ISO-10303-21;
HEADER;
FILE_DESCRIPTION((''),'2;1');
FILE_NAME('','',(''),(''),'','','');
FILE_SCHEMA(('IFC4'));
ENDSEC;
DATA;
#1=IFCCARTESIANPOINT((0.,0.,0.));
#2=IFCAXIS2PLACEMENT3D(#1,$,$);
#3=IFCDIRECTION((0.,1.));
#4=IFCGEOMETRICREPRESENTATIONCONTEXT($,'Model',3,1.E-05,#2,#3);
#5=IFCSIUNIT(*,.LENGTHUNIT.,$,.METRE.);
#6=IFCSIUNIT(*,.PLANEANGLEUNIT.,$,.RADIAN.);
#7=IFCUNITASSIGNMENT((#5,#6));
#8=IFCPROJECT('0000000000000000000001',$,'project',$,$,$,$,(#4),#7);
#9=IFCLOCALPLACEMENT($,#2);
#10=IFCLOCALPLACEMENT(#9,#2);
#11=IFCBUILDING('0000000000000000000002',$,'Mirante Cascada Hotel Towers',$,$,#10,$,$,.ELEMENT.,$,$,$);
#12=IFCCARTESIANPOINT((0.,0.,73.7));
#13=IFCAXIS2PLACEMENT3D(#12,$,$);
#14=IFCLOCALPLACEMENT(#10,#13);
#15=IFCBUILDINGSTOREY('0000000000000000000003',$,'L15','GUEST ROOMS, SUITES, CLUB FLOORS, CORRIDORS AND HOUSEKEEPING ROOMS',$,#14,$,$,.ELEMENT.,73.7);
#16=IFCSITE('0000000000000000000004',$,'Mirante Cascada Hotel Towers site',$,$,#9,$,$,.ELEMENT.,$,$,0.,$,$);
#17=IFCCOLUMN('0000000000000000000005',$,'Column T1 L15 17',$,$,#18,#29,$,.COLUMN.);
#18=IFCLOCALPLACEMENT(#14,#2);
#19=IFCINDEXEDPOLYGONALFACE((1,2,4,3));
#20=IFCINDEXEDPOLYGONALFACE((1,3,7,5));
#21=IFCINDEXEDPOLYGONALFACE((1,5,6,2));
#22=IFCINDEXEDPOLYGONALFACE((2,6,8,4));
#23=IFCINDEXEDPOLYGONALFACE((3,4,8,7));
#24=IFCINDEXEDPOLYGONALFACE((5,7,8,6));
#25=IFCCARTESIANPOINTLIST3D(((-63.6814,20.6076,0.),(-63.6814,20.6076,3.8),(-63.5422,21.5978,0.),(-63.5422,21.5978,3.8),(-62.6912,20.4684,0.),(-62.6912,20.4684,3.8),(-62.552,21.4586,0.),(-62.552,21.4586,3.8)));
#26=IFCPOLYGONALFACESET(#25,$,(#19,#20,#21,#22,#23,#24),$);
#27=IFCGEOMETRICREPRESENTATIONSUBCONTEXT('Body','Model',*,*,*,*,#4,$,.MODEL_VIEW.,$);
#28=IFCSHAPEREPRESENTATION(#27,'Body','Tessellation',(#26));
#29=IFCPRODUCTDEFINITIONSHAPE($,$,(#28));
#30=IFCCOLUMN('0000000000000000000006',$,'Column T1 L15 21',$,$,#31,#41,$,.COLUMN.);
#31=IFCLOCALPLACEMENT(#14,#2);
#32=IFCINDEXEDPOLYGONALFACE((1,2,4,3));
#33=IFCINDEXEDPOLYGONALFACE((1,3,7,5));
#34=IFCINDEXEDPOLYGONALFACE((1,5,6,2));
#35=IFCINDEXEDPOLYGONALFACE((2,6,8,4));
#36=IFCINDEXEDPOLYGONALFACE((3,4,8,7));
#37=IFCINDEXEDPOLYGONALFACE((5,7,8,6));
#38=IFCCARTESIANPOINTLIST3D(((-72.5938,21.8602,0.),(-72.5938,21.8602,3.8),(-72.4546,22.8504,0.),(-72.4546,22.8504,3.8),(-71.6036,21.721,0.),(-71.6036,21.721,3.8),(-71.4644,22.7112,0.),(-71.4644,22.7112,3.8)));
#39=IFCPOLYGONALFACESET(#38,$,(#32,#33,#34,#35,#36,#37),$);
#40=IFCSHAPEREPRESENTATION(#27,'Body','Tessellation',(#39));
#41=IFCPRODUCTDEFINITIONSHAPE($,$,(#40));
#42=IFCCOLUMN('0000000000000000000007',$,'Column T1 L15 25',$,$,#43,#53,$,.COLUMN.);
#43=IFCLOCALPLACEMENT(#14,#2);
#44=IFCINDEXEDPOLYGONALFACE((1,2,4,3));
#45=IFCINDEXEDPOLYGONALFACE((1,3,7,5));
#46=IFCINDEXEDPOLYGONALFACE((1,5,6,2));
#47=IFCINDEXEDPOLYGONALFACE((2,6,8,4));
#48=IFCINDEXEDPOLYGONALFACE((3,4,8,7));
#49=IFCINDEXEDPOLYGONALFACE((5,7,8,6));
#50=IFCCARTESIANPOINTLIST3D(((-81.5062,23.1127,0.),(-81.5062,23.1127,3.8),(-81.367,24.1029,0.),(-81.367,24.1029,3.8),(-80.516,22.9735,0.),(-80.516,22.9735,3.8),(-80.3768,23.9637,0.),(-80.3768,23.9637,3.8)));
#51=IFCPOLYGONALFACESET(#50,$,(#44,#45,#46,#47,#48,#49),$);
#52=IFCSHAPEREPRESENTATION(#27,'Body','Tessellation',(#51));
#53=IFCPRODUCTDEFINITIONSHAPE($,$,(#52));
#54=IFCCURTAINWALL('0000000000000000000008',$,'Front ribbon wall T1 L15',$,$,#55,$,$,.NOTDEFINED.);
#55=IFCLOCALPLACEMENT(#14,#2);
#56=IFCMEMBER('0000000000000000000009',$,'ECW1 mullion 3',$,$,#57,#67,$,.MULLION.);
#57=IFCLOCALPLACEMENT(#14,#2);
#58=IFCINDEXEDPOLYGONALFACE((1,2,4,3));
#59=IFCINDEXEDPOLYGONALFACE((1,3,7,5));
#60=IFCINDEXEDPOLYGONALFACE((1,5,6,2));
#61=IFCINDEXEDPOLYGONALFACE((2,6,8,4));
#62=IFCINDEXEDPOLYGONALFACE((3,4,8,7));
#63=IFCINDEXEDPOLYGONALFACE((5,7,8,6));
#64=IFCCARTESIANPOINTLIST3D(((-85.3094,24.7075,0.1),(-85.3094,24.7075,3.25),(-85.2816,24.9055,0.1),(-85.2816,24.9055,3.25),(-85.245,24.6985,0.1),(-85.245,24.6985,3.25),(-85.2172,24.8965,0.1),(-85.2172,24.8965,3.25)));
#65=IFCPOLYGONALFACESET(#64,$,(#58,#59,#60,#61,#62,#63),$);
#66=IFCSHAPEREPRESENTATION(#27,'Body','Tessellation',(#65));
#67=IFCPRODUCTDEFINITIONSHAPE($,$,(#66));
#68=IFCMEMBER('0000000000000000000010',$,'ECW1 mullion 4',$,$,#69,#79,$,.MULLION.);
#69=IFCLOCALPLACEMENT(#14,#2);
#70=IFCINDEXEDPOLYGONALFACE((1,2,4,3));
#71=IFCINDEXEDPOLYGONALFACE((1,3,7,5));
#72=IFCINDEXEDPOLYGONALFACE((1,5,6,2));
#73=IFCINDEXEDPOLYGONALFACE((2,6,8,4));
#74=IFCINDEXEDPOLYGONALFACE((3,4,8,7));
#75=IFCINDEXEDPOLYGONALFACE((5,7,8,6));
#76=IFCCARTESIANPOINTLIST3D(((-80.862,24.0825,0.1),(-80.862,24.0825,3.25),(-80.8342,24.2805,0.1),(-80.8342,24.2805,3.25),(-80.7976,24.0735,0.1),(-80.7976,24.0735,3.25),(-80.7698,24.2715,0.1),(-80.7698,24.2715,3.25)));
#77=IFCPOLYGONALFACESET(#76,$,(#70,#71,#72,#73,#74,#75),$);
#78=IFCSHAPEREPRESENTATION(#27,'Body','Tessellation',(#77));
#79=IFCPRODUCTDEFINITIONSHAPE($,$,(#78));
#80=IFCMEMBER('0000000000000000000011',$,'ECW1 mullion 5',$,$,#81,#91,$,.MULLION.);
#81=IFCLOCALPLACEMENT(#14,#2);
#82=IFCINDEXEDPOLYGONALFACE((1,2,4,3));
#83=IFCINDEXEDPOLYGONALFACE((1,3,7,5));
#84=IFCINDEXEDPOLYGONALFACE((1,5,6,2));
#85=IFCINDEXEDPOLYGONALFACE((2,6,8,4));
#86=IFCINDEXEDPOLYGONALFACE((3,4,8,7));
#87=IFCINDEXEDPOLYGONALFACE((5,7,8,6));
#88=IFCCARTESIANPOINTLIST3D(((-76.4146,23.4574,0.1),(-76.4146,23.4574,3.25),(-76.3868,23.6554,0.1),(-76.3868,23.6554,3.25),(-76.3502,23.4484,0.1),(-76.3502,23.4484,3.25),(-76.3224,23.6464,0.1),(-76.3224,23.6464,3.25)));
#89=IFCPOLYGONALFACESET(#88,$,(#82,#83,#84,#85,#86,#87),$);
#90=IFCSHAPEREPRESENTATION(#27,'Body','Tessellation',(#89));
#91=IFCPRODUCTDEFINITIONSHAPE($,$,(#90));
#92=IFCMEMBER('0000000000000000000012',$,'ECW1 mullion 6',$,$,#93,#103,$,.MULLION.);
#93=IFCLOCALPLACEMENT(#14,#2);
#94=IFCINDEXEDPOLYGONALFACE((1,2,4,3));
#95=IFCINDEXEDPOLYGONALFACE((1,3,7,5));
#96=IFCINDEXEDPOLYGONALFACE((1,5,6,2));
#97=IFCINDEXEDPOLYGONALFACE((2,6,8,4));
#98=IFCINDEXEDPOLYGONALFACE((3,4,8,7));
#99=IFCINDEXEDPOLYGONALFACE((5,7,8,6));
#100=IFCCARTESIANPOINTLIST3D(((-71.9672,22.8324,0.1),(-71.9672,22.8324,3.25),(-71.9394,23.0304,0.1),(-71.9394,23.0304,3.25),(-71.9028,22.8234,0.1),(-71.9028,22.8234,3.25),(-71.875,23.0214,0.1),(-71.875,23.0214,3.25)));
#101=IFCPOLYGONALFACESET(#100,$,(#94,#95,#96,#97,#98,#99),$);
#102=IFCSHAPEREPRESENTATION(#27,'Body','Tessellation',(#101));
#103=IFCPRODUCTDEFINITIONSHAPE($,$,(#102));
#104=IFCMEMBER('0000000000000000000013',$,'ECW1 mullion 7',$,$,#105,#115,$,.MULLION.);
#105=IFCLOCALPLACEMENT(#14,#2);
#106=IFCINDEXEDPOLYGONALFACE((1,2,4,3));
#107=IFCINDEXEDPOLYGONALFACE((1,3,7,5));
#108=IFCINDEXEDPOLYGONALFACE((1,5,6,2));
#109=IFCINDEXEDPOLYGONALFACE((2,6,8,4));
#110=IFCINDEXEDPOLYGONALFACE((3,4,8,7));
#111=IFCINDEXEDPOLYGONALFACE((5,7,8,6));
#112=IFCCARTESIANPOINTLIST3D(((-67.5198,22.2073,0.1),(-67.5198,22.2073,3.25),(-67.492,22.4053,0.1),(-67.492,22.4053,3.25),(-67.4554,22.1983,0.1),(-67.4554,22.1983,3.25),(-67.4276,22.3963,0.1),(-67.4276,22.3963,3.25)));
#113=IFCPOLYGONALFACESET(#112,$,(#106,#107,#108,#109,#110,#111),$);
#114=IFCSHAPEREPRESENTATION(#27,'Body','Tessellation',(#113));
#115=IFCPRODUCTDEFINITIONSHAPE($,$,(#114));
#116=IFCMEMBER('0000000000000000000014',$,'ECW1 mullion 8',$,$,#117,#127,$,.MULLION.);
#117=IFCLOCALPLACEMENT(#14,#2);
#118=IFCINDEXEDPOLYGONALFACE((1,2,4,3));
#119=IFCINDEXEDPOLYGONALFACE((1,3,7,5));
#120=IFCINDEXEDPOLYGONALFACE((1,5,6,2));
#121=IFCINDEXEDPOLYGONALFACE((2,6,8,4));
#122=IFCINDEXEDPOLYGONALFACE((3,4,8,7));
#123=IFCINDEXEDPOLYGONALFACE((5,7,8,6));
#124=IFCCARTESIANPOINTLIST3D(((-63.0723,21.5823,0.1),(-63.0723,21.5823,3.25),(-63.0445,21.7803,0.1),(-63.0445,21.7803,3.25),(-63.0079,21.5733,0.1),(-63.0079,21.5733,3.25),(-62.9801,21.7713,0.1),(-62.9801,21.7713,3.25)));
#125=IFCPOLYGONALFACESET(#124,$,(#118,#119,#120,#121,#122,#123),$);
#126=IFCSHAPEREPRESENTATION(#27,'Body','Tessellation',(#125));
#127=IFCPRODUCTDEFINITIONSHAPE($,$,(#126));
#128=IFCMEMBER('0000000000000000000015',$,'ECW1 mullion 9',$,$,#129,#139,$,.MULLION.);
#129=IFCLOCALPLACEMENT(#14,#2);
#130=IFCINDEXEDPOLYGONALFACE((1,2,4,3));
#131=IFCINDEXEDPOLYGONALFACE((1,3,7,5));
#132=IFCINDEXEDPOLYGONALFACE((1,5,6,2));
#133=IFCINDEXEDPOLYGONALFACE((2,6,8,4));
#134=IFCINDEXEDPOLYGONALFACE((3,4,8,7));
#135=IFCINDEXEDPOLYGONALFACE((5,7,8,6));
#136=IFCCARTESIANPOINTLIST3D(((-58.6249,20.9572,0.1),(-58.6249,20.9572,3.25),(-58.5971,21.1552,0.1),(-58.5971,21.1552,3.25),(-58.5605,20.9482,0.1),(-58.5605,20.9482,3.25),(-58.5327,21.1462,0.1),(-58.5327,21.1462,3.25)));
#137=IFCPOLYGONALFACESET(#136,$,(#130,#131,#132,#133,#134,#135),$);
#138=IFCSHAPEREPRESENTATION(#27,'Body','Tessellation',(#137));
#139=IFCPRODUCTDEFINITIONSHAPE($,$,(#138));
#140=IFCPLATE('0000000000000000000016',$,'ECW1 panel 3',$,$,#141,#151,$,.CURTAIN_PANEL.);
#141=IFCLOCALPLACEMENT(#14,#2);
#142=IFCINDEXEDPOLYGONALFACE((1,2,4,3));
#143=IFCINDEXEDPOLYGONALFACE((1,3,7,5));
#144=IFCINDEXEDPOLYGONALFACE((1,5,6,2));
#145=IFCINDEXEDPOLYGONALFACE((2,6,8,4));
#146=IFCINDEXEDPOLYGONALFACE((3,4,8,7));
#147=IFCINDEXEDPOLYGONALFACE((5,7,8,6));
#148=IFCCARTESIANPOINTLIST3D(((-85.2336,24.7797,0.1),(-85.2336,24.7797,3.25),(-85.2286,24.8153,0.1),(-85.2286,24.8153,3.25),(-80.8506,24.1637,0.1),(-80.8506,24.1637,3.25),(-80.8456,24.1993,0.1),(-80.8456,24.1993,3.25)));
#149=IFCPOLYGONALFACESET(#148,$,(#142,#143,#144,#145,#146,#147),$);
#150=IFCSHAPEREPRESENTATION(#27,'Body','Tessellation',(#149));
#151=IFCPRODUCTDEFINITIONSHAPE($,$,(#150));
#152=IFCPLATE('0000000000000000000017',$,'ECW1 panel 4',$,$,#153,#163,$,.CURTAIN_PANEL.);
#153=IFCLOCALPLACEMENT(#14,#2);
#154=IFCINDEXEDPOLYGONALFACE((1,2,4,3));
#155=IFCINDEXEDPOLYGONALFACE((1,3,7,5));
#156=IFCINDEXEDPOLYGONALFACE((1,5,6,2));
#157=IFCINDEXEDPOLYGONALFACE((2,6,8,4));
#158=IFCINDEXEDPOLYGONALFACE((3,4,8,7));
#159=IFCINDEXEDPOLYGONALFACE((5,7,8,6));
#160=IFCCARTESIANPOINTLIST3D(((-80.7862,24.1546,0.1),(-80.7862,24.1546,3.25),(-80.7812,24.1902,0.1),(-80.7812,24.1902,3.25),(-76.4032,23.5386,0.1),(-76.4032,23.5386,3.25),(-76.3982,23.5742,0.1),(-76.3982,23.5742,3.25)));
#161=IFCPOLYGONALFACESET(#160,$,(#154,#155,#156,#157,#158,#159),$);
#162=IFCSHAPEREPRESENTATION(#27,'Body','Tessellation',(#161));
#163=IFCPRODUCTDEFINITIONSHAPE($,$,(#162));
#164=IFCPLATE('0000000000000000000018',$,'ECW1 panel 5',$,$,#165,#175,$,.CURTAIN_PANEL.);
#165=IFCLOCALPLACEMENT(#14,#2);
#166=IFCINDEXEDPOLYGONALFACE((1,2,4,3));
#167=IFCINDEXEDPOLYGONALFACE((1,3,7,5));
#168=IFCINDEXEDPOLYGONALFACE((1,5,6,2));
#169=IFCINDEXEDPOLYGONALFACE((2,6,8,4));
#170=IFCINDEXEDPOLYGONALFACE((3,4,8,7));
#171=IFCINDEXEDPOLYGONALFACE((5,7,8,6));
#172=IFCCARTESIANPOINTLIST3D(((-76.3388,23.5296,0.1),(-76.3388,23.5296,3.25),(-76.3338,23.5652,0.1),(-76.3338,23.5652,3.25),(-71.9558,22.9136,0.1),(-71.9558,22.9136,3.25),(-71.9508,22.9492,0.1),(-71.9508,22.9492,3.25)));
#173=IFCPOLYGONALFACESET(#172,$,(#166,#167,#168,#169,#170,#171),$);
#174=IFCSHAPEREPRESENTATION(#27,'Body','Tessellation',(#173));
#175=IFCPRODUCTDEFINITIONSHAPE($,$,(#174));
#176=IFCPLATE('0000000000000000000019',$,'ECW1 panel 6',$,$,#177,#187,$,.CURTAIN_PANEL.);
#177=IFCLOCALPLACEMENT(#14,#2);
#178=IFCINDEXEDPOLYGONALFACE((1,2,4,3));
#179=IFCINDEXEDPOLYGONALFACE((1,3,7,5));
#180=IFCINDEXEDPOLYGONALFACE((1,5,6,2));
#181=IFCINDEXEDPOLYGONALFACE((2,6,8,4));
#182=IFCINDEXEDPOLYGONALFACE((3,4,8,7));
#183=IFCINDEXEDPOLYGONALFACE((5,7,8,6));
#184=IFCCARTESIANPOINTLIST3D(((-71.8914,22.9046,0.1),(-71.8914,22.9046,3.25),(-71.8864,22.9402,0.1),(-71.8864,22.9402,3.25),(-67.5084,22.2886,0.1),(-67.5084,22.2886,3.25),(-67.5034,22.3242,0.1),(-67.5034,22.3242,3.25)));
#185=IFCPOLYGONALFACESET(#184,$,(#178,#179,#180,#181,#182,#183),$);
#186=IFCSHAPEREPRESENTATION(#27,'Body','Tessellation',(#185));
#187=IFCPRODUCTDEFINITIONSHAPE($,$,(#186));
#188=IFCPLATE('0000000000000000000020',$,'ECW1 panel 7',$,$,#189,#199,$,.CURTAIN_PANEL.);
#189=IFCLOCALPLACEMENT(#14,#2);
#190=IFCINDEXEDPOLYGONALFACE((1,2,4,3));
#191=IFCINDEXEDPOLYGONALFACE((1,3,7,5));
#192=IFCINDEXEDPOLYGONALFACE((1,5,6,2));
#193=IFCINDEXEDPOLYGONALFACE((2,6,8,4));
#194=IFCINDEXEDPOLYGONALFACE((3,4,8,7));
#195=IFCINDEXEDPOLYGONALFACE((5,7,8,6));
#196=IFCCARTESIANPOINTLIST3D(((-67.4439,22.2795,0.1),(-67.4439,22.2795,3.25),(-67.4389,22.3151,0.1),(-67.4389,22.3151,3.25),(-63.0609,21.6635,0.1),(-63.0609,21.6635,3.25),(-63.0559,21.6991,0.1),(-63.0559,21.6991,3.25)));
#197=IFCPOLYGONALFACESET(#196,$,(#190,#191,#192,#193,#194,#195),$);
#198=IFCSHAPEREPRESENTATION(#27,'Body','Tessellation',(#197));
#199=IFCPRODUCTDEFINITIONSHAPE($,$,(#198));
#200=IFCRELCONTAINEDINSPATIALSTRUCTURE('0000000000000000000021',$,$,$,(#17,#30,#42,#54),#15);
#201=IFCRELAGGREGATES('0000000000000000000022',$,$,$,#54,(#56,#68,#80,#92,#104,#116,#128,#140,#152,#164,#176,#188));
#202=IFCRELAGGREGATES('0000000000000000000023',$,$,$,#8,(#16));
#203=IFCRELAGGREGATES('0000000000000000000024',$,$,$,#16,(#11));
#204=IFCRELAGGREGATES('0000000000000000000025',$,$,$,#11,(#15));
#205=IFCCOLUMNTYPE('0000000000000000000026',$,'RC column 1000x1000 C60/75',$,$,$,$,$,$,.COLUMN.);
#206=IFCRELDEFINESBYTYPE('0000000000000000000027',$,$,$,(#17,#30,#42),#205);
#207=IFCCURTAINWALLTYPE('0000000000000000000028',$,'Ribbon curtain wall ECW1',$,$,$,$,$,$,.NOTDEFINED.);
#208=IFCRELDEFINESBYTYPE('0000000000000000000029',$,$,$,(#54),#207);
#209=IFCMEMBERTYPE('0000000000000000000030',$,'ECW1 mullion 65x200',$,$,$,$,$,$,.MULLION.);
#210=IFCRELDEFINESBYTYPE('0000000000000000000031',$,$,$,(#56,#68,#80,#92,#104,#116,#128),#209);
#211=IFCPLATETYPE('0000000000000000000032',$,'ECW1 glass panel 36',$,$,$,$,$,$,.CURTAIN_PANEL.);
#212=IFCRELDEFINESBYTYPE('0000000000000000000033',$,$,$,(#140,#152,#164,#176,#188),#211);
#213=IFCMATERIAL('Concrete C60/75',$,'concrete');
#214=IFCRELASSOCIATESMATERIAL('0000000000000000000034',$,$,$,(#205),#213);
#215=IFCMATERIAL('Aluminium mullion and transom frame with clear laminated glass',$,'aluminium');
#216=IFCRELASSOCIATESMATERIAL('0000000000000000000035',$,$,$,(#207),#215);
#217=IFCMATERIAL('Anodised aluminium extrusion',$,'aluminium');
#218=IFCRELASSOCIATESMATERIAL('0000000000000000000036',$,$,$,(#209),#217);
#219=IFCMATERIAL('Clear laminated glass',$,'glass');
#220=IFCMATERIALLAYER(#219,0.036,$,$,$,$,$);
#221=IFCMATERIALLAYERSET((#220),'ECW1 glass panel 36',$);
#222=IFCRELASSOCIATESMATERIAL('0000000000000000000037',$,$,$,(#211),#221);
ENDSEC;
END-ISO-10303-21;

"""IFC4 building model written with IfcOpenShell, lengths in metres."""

from ifc_helpers import new_model, si_unit, direction, frame, origin, origin_2d, place, context, subcontext, project, spatial, rectangle, extrude, material, layer, layer_set, material_profile, profile_set, type_object, element, aggregate, save


model = new_model("IFC4")

# Units and contexts
model_context = context("Model", 3, precision=1e-05, world=origin(), true_north=direction((0.0, 1.0)))
body_context = subcontext(model_context, "Body", "Model", "MODEL_VIEW")
ifc_project = project(units=[si_unit("LENGTHUNIT", "METRE"), si_unit("PLANEANGLEUNIT", "RADIAN")], contexts=[model_context])

# Site, building, storey
site_placement = place(None, origin())
site = spatial("IfcSite", under=ifc_project, at=site_placement, Name="Mirante Cascada Hotel Towers site", CompositionType="ELEMENT", RefElevation=0.0)
building_placement = place(site_placement, origin())
building = spatial("IfcBuilding", under=site, at=building_placement, Name="Mirante Cascada Hotel Towers", CompositionType="ELEMENT")
storey_placement = place(building_placement, frame((0.0, 0.0, 73.7)))
storey = spatial("IfcBuildingStorey", under=building, at=storey_placement, Name="L15", Description="GUEST ROOMS, SUITES, CLUB FLOORS, CORRIDORS AND HOUSEKEEPING ROOMS", CompositionType="ELEMENT", Elevation=73.7)

# Columns
ifc_material_1 = material(Name="Concrete C60/75", Category="concrete")
ifc_material_profile_1 = material_profile(ifc_material_1, rectangle(XDim=1.0, YDim=1.0, at=origin_2d()), Name="RC column 1000x1000 C60/75")
ifc_profile_set_1 = profile_set([ifc_material_profile_1], Name="Concrete C60/75")
column_type = type_object("IfcColumnType", Name="RC column 1000x1000 C60/75", PredefinedType="COLUMN", material=ifc_profile_set_1)
for number, where, z_axis, x_axis, name in (
    (1, (-63.1167, 21.0331, 0.0), (0.0, 0.0, 1.0), (-0.990268, 0.139173, 0.0), "Column T1 L15 17"),
    (2, (-72.0291, 22.2857, 0.0), (0.0, 0.0, 1.0), (-0.990268, 0.139173, 0.0), "Column T1 L15 21"),
    (3, (-80.9415, 23.5382, 0.0), (0.0, 0.0, 1.0), (-0.990268, 0.139173, 0.0), "Column T1 L15 25"),
):
    element("IfcColumn", number, at=place(storey_placement, frame(where, z_axis=z_axis, x_axis=x_axis)), inside=storey, type_object=column_type, Name=name, PredefinedType="COLUMN", context=body_context, shape_type="SweptSolid", body=[
        extrude(rectangle(XDim=1.0, YDim=1.0, at=origin_2d()), origin(), (0.0, 0.0, 1.0), 3.8),
    ])

# Curtain wall, members, plates
ifc_material_2 = material(Name="Aluminium mullion and transom frame with clear laminated glass", Category="aluminium")
curtain_wall_type = type_object("IfcCurtainWallType", Name="Ribbon curtain wall ECW1", PredefinedType="NOTDEFINED", material=ifc_material_2)
curtain_wall_placement = place(storey_placement, origin())
curtain_wall = element("IfcCurtainWall", 4, at=curtain_wall_placement, inside=storey, type_object=curtain_wall_type, Name="Front ribbon wall T1 L15", PredefinedType="NOTDEFINED")
ifc_material_3 = material(Name="Anodised aluminium extrusion", Category="aluminium")
ifc_material_profile_2 = material_profile(ifc_material_3, rectangle(XDim=0.2, YDim=0.065, at=origin_2d()), Name="ECW1 MULLION 65x200")
ifc_profile_set_2 = profile_set([ifc_material_profile_2], Name="Anodised aluminium extrusion")
member_type = type_object("IfcMemberType", Name="ECW1 mullion 65x200", PredefinedType="MULLION", material=ifc_profile_set_2)
member_1_placement = place(storey_placement, frame((-85.2633, 24.802, 0.1), z_axis=(0.0, 0.0, 1.0), x_axis=(0.139173, 0.990268, 0.0)))
member_1 = element("IfcMember", 5, at=member_1_placement, type_object=member_type, Name="ECW1 mullion 3", PredefinedType="MULLION", context=body_context, shape_type="SweptSolid", body=[
    extrude(rectangle(XDim=0.2, YDim=0.065, at=origin_2d()), origin(), (0.0, 0.0, 1.0), 3.15),
])
member_2_placement = place(storey_placement, frame((-80.8159, 24.177, 0.1), z_axis=(0.0, 0.0, 1.0), x_axis=(0.139173, 0.990268, 0.0)))
member_2 = element("IfcMember", 6, at=member_2_placement, type_object=member_type, Name="ECW1 mullion 4", PredefinedType="MULLION", context=body_context, shape_type="SweptSolid", body=[
    extrude(rectangle(XDim=0.2, YDim=0.065, at=origin_2d()), origin(), (0.0, 0.0, 1.0), 3.15),
])
member_3_placement = place(storey_placement, frame((-76.3685, 23.5519, 0.1), z_axis=(0.0, 0.0, 1.0), x_axis=(0.139173, 0.990268, 0.0)))
member_3 = element("IfcMember", 7, at=member_3_placement, type_object=member_type, Name="ECW1 mullion 5", PredefinedType="MULLION", context=body_context, shape_type="SweptSolid", body=[
    extrude(rectangle(XDim=0.2, YDim=0.065, at=origin_2d()), origin(), (0.0, 0.0, 1.0), 3.15),
])
member_4_placement = place(storey_placement, frame((-71.9211, 22.9269, 0.1), z_axis=(0.0, 0.0, 1.0), x_axis=(0.139173, 0.990268, 0.0)))
member_4 = element("IfcMember", 8, at=member_4_placement, type_object=member_type, Name="ECW1 mullion 6", PredefinedType="MULLION", context=body_context, shape_type="SweptSolid", body=[
    extrude(rectangle(XDim=0.2, YDim=0.065, at=origin_2d()), origin(), (0.0, 0.0, 1.0), 3.15),
])
member_5_placement = place(storey_placement, frame((-67.4737, 22.3018, 0.1), z_axis=(0.0, 0.0, 1.0), x_axis=(0.139173, 0.990268, 0.0)))
member_5 = element("IfcMember", 9, at=member_5_placement, type_object=member_type, Name="ECW1 mullion 7", PredefinedType="MULLION", context=body_context, shape_type="SweptSolid", body=[
    extrude(rectangle(XDim=0.2, YDim=0.065, at=origin_2d()), origin(), (0.0, 0.0, 1.0), 3.15),
])
member_6_placement = place(storey_placement, frame((-63.0262, 21.6768, 0.1), z_axis=(0.0, 0.0, 1.0), x_axis=(0.139173, 0.990268, 0.0)))
member_6 = element("IfcMember", 10, at=member_6_placement, type_object=member_type, Name="ECW1 mullion 8", PredefinedType="MULLION", context=body_context, shape_type="SweptSolid", body=[
    extrude(rectangle(XDim=0.2, YDim=0.065, at=origin_2d()), origin(), (0.0, 0.0, 1.0), 3.15),
])
member_7_placement = place(storey_placement, frame((-58.5788, 21.0517, 0.1), z_axis=(0.0, 0.0, 1.0), x_axis=(0.139173, 0.990268, 0.0)))
member_7 = element("IfcMember", 11, at=member_7_placement, type_object=member_type, Name="ECW1 mullion 9", PredefinedType="MULLION", context=body_context, shape_type="SweptSolid", body=[
    extrude(rectangle(XDim=0.2, YDim=0.065, at=origin_2d()), origin(), (0.0, 0.0, 1.0), 3.15),
])
ifc_material_4 = material(Name="Clear laminated glass", Category="glass")
ifc_layer_1 = layer(ifc_material_4, 0.036)
ifc_layer_set_1 = layer_set([ifc_layer_1], Name="ECW1 glass panel 36")
plate_type = type_object("IfcPlateType", Name="ECW1 glass panel 36", PredefinedType="CURTAIN_PANEL", material=ifc_layer_set_1)
plate_1_placement = place(storey_placement, frame((-83.0396, 24.4895, 0.1), z_axis=(0.0, 0.0, 1.0), x_axis=(0.990268, -0.139173, 0.0)))
plate_1 = element("IfcPlate", 12, at=plate_1_placement, type_object=plate_type, Name="ECW1 panel 3", PredefinedType="CURTAIN_PANEL", context=body_context, shape_type="SweptSolid", body=[
    extrude(rectangle(XDim=4.4261, YDim=0.036, at=origin_2d()), origin(), (0.0, 0.0, 1.0), 3.15),
])
plate_2_placement = place(storey_placement, frame((-78.5922, 23.8644, 0.1), z_axis=(0.0, 0.0, 1.0), x_axis=(0.990268, -0.139173, 0.0)))
plate_2 = element("IfcPlate", 13, at=plate_2_placement, type_object=plate_type, Name="ECW1 panel 4", PredefinedType="CURTAIN_PANEL", context=body_context, shape_type="SweptSolid", body=[
    extrude(rectangle(XDim=4.4261, YDim=0.036, at=origin_2d()), origin(), (0.0, 0.0, 1.0), 3.15),
])
plate_3_placement = place(storey_placement, frame((-74.1448, 23.2394, 0.1), z_axis=(0.0, 0.0, 1.0), x_axis=(0.990268, -0.139173, 0.0)))
plate_3 = element("IfcPlate", 14, at=plate_3_placement, type_object=plate_type, Name="ECW1 panel 5", PredefinedType="CURTAIN_PANEL", context=body_context, shape_type="SweptSolid", body=[
    extrude(rectangle(XDim=4.4261, YDim=0.036, at=origin_2d()), origin(), (0.0, 0.0, 1.0), 3.15),
])
plate_4_placement = place(storey_placement, frame((-69.6974, 22.6144, 0.1), z_axis=(0.0, 0.0, 1.0), x_axis=(0.990268, -0.139173, 0.0)))
plate_4 = element("IfcPlate", 15, at=plate_4_placement, type_object=plate_type, Name="ECW1 panel 6", PredefinedType="CURTAIN_PANEL", context=body_context, shape_type="SweptSolid", body=[
    extrude(rectangle(XDim=4.4261, YDim=0.036, at=origin_2d()), origin(), (0.0, 0.0, 1.0), 3.15),
])
plate_5_placement = place(storey_placement, frame((-65.2499, 21.9893, 0.1), z_axis=(0.0, 0.0, 1.0), x_axis=(0.990268, -0.139173, 0.0)))
plate_5 = element("IfcPlate", 16, at=plate_5_placement, type_object=plate_type, Name="ECW1 panel 7", PredefinedType="CURTAIN_PANEL", context=body_context, shape_type="SweptSolid", body=[
    extrude(rectangle(XDim=4.4261, YDim=0.036, at=origin_2d()), origin(), (0.0, 0.0, 1.0), 3.15),
])
aggregate(curtain_wall, [member_1, member_2, member_3, member_4, member_5, member_6, member_7, plate_1, plate_2, plate_3, plate_4, plate_5])

save(model, "model.ifc")
